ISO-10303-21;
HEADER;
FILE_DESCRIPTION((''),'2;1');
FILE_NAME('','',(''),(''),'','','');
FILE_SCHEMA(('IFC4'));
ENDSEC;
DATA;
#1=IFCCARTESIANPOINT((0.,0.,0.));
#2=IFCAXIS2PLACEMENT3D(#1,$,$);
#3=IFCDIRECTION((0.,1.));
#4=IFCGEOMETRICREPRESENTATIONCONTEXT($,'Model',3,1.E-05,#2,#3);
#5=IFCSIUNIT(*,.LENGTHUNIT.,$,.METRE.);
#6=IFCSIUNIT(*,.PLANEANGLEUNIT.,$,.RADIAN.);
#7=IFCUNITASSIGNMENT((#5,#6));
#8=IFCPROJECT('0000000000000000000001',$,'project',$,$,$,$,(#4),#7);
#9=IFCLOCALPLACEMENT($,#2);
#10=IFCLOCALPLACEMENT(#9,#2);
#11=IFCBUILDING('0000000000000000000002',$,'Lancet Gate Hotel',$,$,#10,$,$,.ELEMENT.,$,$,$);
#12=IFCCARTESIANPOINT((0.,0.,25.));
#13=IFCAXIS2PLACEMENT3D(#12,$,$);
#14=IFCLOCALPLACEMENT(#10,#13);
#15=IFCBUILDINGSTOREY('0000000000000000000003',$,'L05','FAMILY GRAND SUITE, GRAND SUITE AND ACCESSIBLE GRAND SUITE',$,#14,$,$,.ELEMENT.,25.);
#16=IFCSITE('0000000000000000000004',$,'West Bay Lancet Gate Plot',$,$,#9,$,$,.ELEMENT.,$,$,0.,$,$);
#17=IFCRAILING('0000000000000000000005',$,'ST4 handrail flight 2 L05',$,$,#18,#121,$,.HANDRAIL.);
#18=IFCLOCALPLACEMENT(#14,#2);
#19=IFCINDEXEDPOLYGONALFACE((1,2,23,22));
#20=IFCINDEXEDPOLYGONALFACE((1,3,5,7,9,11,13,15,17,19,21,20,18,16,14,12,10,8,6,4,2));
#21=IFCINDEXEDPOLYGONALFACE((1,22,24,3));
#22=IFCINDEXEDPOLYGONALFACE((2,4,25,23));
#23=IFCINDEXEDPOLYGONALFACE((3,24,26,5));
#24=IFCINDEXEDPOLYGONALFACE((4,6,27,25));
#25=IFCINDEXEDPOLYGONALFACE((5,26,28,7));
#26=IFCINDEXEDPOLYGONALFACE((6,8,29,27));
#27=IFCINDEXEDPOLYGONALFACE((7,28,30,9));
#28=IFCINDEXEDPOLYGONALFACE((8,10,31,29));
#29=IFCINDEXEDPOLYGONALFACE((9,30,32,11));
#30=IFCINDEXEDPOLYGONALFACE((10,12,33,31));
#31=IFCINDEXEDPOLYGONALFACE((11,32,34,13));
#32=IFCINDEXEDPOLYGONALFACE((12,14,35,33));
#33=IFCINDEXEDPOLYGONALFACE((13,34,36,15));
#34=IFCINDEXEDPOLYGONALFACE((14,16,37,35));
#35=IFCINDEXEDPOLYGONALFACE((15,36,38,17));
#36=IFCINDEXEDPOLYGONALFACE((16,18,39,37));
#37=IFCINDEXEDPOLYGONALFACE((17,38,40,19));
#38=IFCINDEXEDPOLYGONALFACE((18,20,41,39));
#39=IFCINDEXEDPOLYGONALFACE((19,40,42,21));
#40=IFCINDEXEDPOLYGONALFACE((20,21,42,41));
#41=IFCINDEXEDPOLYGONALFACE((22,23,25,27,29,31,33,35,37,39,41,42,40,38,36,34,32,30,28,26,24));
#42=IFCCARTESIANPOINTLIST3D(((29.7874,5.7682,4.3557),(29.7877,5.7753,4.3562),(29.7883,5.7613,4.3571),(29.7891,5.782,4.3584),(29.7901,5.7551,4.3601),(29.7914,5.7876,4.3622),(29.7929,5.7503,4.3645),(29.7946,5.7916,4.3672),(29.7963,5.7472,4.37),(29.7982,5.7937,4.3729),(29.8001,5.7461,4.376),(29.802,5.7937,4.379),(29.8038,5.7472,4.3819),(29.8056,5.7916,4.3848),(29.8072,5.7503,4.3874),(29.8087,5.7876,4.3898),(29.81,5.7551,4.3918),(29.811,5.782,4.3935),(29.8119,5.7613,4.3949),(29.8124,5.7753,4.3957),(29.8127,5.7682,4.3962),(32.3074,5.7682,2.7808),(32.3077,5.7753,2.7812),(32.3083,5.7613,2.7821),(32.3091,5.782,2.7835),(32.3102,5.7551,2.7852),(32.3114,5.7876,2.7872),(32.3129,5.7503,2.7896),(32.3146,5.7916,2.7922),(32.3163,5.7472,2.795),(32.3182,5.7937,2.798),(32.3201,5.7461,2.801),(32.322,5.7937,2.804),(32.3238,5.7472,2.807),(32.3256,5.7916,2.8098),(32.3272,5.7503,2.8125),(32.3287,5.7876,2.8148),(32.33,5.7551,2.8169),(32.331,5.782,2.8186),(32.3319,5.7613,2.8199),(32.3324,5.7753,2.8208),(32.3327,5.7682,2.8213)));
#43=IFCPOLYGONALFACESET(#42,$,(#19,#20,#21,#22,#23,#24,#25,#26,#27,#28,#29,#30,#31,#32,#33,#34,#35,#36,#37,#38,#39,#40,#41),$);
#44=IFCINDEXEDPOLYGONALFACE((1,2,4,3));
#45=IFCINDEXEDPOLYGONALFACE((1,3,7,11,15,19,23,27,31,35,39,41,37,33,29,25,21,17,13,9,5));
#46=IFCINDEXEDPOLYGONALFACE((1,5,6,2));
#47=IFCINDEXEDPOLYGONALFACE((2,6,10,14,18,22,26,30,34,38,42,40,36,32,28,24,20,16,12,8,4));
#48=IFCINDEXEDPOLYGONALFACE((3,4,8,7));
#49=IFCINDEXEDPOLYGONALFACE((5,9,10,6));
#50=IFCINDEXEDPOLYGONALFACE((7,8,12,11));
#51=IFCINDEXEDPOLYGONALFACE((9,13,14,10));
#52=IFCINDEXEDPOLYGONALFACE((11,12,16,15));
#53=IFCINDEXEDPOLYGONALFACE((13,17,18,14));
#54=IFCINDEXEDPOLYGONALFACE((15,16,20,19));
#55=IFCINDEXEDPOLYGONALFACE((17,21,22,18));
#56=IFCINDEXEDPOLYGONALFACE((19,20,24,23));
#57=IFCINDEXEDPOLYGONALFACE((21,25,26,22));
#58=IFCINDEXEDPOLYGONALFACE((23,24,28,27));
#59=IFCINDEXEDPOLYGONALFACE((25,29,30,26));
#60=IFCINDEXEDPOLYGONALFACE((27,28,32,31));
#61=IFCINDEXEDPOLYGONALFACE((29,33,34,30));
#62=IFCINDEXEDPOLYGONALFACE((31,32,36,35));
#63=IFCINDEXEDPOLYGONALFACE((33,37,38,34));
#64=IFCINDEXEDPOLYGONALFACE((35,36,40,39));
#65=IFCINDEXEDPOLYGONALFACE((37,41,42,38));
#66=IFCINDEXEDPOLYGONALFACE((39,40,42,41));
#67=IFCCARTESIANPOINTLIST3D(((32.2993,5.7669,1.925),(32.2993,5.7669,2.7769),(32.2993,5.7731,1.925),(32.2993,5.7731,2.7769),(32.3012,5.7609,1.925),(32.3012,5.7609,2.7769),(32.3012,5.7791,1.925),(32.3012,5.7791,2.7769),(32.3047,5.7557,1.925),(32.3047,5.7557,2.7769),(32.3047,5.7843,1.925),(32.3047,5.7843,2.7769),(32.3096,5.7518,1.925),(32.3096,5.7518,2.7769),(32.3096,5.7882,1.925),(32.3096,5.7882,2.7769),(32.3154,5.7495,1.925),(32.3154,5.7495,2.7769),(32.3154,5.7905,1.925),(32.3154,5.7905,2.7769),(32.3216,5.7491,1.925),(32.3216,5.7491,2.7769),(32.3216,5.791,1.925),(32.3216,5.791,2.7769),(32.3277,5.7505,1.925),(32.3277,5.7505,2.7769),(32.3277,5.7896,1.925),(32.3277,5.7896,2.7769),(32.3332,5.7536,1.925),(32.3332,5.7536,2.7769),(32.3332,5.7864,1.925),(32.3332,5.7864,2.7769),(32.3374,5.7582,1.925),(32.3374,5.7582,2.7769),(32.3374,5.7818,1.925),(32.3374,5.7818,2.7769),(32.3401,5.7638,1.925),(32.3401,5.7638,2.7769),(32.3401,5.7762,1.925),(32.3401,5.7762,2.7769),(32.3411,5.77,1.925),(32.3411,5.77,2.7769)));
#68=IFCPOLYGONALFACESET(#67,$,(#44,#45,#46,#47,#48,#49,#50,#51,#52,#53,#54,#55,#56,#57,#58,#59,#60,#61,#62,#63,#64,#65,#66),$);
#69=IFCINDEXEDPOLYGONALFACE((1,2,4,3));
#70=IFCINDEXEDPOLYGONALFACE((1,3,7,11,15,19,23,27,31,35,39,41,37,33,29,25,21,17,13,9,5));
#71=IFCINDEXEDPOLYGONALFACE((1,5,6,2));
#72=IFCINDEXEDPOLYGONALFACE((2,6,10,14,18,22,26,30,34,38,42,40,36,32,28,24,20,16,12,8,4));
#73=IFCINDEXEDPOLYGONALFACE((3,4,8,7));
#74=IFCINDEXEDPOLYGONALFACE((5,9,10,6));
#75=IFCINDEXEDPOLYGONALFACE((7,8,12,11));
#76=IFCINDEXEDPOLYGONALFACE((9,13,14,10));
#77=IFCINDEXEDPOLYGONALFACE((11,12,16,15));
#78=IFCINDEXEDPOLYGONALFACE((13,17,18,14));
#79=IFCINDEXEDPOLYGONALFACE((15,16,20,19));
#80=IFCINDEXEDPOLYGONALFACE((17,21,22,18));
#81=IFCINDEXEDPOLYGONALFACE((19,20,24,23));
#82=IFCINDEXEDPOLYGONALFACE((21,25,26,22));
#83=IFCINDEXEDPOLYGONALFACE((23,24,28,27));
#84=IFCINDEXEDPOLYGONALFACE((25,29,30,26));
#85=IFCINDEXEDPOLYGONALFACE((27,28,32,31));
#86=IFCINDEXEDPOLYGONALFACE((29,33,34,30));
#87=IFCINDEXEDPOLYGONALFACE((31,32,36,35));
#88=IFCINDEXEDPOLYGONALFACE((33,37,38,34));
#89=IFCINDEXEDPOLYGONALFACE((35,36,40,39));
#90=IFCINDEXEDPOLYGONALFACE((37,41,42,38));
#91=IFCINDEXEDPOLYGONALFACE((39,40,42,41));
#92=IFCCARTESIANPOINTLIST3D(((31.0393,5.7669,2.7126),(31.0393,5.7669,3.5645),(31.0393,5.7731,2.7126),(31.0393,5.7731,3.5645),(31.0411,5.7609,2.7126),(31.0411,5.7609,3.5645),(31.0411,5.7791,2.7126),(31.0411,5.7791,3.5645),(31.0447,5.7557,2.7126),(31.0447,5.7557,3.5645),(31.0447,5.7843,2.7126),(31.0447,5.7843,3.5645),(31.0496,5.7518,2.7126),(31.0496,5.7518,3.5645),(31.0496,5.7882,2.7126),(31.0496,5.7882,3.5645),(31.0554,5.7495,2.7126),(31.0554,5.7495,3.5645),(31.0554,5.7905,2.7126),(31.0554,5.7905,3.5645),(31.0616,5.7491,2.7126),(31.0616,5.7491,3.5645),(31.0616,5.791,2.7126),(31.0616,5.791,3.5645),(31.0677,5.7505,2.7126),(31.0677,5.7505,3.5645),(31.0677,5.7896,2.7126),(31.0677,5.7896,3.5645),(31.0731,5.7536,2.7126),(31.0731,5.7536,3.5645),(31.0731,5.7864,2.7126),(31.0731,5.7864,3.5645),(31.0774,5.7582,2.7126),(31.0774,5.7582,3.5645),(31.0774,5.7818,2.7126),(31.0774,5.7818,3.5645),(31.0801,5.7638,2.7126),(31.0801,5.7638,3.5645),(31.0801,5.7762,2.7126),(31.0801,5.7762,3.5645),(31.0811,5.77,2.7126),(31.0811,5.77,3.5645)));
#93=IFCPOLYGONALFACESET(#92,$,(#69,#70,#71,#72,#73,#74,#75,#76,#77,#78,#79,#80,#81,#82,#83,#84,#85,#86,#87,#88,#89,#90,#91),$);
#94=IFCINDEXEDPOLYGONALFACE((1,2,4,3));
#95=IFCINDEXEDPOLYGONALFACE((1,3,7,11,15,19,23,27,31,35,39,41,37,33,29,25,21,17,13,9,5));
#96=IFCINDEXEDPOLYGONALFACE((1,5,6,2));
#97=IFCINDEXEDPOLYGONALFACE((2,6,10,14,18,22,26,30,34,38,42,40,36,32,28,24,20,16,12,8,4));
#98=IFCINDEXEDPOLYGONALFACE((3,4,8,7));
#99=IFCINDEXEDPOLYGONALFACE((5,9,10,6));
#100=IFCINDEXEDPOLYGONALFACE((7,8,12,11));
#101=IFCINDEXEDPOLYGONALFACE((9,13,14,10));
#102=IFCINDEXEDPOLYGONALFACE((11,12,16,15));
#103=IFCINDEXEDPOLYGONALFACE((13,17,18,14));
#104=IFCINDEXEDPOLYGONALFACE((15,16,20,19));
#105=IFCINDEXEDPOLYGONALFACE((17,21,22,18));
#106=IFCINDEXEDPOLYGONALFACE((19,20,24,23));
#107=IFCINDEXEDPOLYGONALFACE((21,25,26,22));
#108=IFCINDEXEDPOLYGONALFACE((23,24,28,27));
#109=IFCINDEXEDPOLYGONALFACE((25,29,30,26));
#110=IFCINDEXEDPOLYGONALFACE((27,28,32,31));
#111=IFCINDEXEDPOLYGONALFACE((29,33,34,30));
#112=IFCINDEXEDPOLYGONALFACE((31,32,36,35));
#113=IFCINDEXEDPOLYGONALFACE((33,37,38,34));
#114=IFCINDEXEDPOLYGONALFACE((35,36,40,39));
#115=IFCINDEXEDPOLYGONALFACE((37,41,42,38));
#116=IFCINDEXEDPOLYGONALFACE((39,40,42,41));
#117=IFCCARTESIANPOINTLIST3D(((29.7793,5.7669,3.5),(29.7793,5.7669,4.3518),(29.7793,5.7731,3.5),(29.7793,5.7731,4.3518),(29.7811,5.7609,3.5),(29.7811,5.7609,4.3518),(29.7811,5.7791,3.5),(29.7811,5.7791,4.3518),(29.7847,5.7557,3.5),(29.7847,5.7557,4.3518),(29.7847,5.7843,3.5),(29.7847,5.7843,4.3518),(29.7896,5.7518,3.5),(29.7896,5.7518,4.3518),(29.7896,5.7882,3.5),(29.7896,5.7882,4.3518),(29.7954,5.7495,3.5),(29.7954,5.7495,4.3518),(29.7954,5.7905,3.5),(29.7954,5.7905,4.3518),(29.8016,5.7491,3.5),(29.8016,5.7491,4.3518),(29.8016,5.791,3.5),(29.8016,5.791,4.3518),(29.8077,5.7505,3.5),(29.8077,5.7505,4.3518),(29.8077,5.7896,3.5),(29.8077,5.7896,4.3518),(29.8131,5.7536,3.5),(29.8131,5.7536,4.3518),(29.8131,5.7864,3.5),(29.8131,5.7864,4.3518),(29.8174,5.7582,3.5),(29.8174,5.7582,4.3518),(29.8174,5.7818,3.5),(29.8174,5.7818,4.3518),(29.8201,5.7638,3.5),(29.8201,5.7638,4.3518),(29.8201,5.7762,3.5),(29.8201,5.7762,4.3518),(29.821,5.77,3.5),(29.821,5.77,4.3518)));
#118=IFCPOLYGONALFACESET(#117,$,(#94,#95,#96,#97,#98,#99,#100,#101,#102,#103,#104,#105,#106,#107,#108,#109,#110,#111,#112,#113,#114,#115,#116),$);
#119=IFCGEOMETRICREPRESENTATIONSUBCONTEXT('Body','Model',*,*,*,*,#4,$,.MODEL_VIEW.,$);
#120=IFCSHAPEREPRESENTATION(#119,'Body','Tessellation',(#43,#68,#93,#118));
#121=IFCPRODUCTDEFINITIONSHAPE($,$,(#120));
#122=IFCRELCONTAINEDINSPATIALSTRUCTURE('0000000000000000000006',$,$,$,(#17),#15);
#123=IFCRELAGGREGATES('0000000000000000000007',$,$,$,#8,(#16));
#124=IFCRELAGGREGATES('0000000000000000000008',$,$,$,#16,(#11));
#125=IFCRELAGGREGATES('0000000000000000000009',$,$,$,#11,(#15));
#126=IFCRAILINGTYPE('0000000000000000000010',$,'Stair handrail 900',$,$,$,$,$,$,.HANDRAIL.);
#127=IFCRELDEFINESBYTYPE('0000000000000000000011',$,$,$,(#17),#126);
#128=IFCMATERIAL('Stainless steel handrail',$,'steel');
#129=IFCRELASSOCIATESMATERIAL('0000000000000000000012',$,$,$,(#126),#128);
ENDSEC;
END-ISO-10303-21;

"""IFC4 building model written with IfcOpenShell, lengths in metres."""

from ifc_helpers import new_model, si_unit, direction, frame, origin, origin_2d, place, context, subcontext, project, spatial, circle, extrude, material, type_object, element, save


model = new_model("IFC4")

# Units and contexts
model_context = context("Model", 3, precision=1e-05, world=origin(), true_north=direction((0.0, 1.0)))
body_context = subcontext(model_context, "Body", "Model", "MODEL_VIEW")
ifc_project = project(units=[si_unit("LENGTHUNIT", "METRE"), si_unit("PLANEANGLEUNIT", "RADIAN")], contexts=[model_context])

# Site, building, storey
site_placement = place(None, origin())
site = spatial("IfcSite", under=ifc_project, at=site_placement, Name="West Bay Lancet Gate Plot", CompositionType="ELEMENT", RefElevation=0.0)
building_placement = place(site_placement, origin())
building = spatial("IfcBuilding", under=site, at=building_placement, Name="Lancet Gate Hotel", CompositionType="ELEMENT")
storey_placement = place(building_placement, frame((0.0, 0.0, 25.0)))
storey = spatial("IfcBuildingStorey", under=building, at=storey_placement, Name="L05", Description="FAMILY GRAND SUITE, GRAND SUITE AND ACCESSIBLE GRAND SUITE", CompositionType="ELEMENT", Elevation=25.0)

# Railing
ifc_material_1 = material(Name="Stainless steel handrail", Category="steel")
railing_type = type_object("IfcRailingType", Name="Stair handrail 900", PredefinedType="HANDRAIL", material=ifc_material_1)
railing_1_placement = place(storey_placement, frame((32.3201, 5.77, 1.925)))
element("IfcRailing", 1, at=railing_1_placement, inside=storey, type_object=railing_type, Name="ST4 handrail flight 2 L05", PredefinedType="HANDRAIL", context=body_context, shape_type="SweptSolid", body=[
    extrude(circle(Radius=0.0239, at=origin_2d()), frame((0.0, 0.0, 0.876), z_axis=(-0.848008, 0.0, 0.529984), x_axis=(0.0, -1.0, 0.0)), (0.0, 0.0, 1.0), 2.9717),
    extrude(circle(Radius=0.021, at=origin_2d()), origin(), (0.0, 0.0, 1.0), 0.8518),
    extrude(circle(Radius=0.021, at=origin_2d()), frame((-1.26, 0.0, 0.7876)), (0.0, 0.0, 1.0), 0.8518),
    extrude(circle(Radius=0.021, at=origin_2d()), frame((-2.52, 0.0, 1.575)), (0.0, 0.0, 1.0), 0.8518),
])

save(model, "model.ifc")
